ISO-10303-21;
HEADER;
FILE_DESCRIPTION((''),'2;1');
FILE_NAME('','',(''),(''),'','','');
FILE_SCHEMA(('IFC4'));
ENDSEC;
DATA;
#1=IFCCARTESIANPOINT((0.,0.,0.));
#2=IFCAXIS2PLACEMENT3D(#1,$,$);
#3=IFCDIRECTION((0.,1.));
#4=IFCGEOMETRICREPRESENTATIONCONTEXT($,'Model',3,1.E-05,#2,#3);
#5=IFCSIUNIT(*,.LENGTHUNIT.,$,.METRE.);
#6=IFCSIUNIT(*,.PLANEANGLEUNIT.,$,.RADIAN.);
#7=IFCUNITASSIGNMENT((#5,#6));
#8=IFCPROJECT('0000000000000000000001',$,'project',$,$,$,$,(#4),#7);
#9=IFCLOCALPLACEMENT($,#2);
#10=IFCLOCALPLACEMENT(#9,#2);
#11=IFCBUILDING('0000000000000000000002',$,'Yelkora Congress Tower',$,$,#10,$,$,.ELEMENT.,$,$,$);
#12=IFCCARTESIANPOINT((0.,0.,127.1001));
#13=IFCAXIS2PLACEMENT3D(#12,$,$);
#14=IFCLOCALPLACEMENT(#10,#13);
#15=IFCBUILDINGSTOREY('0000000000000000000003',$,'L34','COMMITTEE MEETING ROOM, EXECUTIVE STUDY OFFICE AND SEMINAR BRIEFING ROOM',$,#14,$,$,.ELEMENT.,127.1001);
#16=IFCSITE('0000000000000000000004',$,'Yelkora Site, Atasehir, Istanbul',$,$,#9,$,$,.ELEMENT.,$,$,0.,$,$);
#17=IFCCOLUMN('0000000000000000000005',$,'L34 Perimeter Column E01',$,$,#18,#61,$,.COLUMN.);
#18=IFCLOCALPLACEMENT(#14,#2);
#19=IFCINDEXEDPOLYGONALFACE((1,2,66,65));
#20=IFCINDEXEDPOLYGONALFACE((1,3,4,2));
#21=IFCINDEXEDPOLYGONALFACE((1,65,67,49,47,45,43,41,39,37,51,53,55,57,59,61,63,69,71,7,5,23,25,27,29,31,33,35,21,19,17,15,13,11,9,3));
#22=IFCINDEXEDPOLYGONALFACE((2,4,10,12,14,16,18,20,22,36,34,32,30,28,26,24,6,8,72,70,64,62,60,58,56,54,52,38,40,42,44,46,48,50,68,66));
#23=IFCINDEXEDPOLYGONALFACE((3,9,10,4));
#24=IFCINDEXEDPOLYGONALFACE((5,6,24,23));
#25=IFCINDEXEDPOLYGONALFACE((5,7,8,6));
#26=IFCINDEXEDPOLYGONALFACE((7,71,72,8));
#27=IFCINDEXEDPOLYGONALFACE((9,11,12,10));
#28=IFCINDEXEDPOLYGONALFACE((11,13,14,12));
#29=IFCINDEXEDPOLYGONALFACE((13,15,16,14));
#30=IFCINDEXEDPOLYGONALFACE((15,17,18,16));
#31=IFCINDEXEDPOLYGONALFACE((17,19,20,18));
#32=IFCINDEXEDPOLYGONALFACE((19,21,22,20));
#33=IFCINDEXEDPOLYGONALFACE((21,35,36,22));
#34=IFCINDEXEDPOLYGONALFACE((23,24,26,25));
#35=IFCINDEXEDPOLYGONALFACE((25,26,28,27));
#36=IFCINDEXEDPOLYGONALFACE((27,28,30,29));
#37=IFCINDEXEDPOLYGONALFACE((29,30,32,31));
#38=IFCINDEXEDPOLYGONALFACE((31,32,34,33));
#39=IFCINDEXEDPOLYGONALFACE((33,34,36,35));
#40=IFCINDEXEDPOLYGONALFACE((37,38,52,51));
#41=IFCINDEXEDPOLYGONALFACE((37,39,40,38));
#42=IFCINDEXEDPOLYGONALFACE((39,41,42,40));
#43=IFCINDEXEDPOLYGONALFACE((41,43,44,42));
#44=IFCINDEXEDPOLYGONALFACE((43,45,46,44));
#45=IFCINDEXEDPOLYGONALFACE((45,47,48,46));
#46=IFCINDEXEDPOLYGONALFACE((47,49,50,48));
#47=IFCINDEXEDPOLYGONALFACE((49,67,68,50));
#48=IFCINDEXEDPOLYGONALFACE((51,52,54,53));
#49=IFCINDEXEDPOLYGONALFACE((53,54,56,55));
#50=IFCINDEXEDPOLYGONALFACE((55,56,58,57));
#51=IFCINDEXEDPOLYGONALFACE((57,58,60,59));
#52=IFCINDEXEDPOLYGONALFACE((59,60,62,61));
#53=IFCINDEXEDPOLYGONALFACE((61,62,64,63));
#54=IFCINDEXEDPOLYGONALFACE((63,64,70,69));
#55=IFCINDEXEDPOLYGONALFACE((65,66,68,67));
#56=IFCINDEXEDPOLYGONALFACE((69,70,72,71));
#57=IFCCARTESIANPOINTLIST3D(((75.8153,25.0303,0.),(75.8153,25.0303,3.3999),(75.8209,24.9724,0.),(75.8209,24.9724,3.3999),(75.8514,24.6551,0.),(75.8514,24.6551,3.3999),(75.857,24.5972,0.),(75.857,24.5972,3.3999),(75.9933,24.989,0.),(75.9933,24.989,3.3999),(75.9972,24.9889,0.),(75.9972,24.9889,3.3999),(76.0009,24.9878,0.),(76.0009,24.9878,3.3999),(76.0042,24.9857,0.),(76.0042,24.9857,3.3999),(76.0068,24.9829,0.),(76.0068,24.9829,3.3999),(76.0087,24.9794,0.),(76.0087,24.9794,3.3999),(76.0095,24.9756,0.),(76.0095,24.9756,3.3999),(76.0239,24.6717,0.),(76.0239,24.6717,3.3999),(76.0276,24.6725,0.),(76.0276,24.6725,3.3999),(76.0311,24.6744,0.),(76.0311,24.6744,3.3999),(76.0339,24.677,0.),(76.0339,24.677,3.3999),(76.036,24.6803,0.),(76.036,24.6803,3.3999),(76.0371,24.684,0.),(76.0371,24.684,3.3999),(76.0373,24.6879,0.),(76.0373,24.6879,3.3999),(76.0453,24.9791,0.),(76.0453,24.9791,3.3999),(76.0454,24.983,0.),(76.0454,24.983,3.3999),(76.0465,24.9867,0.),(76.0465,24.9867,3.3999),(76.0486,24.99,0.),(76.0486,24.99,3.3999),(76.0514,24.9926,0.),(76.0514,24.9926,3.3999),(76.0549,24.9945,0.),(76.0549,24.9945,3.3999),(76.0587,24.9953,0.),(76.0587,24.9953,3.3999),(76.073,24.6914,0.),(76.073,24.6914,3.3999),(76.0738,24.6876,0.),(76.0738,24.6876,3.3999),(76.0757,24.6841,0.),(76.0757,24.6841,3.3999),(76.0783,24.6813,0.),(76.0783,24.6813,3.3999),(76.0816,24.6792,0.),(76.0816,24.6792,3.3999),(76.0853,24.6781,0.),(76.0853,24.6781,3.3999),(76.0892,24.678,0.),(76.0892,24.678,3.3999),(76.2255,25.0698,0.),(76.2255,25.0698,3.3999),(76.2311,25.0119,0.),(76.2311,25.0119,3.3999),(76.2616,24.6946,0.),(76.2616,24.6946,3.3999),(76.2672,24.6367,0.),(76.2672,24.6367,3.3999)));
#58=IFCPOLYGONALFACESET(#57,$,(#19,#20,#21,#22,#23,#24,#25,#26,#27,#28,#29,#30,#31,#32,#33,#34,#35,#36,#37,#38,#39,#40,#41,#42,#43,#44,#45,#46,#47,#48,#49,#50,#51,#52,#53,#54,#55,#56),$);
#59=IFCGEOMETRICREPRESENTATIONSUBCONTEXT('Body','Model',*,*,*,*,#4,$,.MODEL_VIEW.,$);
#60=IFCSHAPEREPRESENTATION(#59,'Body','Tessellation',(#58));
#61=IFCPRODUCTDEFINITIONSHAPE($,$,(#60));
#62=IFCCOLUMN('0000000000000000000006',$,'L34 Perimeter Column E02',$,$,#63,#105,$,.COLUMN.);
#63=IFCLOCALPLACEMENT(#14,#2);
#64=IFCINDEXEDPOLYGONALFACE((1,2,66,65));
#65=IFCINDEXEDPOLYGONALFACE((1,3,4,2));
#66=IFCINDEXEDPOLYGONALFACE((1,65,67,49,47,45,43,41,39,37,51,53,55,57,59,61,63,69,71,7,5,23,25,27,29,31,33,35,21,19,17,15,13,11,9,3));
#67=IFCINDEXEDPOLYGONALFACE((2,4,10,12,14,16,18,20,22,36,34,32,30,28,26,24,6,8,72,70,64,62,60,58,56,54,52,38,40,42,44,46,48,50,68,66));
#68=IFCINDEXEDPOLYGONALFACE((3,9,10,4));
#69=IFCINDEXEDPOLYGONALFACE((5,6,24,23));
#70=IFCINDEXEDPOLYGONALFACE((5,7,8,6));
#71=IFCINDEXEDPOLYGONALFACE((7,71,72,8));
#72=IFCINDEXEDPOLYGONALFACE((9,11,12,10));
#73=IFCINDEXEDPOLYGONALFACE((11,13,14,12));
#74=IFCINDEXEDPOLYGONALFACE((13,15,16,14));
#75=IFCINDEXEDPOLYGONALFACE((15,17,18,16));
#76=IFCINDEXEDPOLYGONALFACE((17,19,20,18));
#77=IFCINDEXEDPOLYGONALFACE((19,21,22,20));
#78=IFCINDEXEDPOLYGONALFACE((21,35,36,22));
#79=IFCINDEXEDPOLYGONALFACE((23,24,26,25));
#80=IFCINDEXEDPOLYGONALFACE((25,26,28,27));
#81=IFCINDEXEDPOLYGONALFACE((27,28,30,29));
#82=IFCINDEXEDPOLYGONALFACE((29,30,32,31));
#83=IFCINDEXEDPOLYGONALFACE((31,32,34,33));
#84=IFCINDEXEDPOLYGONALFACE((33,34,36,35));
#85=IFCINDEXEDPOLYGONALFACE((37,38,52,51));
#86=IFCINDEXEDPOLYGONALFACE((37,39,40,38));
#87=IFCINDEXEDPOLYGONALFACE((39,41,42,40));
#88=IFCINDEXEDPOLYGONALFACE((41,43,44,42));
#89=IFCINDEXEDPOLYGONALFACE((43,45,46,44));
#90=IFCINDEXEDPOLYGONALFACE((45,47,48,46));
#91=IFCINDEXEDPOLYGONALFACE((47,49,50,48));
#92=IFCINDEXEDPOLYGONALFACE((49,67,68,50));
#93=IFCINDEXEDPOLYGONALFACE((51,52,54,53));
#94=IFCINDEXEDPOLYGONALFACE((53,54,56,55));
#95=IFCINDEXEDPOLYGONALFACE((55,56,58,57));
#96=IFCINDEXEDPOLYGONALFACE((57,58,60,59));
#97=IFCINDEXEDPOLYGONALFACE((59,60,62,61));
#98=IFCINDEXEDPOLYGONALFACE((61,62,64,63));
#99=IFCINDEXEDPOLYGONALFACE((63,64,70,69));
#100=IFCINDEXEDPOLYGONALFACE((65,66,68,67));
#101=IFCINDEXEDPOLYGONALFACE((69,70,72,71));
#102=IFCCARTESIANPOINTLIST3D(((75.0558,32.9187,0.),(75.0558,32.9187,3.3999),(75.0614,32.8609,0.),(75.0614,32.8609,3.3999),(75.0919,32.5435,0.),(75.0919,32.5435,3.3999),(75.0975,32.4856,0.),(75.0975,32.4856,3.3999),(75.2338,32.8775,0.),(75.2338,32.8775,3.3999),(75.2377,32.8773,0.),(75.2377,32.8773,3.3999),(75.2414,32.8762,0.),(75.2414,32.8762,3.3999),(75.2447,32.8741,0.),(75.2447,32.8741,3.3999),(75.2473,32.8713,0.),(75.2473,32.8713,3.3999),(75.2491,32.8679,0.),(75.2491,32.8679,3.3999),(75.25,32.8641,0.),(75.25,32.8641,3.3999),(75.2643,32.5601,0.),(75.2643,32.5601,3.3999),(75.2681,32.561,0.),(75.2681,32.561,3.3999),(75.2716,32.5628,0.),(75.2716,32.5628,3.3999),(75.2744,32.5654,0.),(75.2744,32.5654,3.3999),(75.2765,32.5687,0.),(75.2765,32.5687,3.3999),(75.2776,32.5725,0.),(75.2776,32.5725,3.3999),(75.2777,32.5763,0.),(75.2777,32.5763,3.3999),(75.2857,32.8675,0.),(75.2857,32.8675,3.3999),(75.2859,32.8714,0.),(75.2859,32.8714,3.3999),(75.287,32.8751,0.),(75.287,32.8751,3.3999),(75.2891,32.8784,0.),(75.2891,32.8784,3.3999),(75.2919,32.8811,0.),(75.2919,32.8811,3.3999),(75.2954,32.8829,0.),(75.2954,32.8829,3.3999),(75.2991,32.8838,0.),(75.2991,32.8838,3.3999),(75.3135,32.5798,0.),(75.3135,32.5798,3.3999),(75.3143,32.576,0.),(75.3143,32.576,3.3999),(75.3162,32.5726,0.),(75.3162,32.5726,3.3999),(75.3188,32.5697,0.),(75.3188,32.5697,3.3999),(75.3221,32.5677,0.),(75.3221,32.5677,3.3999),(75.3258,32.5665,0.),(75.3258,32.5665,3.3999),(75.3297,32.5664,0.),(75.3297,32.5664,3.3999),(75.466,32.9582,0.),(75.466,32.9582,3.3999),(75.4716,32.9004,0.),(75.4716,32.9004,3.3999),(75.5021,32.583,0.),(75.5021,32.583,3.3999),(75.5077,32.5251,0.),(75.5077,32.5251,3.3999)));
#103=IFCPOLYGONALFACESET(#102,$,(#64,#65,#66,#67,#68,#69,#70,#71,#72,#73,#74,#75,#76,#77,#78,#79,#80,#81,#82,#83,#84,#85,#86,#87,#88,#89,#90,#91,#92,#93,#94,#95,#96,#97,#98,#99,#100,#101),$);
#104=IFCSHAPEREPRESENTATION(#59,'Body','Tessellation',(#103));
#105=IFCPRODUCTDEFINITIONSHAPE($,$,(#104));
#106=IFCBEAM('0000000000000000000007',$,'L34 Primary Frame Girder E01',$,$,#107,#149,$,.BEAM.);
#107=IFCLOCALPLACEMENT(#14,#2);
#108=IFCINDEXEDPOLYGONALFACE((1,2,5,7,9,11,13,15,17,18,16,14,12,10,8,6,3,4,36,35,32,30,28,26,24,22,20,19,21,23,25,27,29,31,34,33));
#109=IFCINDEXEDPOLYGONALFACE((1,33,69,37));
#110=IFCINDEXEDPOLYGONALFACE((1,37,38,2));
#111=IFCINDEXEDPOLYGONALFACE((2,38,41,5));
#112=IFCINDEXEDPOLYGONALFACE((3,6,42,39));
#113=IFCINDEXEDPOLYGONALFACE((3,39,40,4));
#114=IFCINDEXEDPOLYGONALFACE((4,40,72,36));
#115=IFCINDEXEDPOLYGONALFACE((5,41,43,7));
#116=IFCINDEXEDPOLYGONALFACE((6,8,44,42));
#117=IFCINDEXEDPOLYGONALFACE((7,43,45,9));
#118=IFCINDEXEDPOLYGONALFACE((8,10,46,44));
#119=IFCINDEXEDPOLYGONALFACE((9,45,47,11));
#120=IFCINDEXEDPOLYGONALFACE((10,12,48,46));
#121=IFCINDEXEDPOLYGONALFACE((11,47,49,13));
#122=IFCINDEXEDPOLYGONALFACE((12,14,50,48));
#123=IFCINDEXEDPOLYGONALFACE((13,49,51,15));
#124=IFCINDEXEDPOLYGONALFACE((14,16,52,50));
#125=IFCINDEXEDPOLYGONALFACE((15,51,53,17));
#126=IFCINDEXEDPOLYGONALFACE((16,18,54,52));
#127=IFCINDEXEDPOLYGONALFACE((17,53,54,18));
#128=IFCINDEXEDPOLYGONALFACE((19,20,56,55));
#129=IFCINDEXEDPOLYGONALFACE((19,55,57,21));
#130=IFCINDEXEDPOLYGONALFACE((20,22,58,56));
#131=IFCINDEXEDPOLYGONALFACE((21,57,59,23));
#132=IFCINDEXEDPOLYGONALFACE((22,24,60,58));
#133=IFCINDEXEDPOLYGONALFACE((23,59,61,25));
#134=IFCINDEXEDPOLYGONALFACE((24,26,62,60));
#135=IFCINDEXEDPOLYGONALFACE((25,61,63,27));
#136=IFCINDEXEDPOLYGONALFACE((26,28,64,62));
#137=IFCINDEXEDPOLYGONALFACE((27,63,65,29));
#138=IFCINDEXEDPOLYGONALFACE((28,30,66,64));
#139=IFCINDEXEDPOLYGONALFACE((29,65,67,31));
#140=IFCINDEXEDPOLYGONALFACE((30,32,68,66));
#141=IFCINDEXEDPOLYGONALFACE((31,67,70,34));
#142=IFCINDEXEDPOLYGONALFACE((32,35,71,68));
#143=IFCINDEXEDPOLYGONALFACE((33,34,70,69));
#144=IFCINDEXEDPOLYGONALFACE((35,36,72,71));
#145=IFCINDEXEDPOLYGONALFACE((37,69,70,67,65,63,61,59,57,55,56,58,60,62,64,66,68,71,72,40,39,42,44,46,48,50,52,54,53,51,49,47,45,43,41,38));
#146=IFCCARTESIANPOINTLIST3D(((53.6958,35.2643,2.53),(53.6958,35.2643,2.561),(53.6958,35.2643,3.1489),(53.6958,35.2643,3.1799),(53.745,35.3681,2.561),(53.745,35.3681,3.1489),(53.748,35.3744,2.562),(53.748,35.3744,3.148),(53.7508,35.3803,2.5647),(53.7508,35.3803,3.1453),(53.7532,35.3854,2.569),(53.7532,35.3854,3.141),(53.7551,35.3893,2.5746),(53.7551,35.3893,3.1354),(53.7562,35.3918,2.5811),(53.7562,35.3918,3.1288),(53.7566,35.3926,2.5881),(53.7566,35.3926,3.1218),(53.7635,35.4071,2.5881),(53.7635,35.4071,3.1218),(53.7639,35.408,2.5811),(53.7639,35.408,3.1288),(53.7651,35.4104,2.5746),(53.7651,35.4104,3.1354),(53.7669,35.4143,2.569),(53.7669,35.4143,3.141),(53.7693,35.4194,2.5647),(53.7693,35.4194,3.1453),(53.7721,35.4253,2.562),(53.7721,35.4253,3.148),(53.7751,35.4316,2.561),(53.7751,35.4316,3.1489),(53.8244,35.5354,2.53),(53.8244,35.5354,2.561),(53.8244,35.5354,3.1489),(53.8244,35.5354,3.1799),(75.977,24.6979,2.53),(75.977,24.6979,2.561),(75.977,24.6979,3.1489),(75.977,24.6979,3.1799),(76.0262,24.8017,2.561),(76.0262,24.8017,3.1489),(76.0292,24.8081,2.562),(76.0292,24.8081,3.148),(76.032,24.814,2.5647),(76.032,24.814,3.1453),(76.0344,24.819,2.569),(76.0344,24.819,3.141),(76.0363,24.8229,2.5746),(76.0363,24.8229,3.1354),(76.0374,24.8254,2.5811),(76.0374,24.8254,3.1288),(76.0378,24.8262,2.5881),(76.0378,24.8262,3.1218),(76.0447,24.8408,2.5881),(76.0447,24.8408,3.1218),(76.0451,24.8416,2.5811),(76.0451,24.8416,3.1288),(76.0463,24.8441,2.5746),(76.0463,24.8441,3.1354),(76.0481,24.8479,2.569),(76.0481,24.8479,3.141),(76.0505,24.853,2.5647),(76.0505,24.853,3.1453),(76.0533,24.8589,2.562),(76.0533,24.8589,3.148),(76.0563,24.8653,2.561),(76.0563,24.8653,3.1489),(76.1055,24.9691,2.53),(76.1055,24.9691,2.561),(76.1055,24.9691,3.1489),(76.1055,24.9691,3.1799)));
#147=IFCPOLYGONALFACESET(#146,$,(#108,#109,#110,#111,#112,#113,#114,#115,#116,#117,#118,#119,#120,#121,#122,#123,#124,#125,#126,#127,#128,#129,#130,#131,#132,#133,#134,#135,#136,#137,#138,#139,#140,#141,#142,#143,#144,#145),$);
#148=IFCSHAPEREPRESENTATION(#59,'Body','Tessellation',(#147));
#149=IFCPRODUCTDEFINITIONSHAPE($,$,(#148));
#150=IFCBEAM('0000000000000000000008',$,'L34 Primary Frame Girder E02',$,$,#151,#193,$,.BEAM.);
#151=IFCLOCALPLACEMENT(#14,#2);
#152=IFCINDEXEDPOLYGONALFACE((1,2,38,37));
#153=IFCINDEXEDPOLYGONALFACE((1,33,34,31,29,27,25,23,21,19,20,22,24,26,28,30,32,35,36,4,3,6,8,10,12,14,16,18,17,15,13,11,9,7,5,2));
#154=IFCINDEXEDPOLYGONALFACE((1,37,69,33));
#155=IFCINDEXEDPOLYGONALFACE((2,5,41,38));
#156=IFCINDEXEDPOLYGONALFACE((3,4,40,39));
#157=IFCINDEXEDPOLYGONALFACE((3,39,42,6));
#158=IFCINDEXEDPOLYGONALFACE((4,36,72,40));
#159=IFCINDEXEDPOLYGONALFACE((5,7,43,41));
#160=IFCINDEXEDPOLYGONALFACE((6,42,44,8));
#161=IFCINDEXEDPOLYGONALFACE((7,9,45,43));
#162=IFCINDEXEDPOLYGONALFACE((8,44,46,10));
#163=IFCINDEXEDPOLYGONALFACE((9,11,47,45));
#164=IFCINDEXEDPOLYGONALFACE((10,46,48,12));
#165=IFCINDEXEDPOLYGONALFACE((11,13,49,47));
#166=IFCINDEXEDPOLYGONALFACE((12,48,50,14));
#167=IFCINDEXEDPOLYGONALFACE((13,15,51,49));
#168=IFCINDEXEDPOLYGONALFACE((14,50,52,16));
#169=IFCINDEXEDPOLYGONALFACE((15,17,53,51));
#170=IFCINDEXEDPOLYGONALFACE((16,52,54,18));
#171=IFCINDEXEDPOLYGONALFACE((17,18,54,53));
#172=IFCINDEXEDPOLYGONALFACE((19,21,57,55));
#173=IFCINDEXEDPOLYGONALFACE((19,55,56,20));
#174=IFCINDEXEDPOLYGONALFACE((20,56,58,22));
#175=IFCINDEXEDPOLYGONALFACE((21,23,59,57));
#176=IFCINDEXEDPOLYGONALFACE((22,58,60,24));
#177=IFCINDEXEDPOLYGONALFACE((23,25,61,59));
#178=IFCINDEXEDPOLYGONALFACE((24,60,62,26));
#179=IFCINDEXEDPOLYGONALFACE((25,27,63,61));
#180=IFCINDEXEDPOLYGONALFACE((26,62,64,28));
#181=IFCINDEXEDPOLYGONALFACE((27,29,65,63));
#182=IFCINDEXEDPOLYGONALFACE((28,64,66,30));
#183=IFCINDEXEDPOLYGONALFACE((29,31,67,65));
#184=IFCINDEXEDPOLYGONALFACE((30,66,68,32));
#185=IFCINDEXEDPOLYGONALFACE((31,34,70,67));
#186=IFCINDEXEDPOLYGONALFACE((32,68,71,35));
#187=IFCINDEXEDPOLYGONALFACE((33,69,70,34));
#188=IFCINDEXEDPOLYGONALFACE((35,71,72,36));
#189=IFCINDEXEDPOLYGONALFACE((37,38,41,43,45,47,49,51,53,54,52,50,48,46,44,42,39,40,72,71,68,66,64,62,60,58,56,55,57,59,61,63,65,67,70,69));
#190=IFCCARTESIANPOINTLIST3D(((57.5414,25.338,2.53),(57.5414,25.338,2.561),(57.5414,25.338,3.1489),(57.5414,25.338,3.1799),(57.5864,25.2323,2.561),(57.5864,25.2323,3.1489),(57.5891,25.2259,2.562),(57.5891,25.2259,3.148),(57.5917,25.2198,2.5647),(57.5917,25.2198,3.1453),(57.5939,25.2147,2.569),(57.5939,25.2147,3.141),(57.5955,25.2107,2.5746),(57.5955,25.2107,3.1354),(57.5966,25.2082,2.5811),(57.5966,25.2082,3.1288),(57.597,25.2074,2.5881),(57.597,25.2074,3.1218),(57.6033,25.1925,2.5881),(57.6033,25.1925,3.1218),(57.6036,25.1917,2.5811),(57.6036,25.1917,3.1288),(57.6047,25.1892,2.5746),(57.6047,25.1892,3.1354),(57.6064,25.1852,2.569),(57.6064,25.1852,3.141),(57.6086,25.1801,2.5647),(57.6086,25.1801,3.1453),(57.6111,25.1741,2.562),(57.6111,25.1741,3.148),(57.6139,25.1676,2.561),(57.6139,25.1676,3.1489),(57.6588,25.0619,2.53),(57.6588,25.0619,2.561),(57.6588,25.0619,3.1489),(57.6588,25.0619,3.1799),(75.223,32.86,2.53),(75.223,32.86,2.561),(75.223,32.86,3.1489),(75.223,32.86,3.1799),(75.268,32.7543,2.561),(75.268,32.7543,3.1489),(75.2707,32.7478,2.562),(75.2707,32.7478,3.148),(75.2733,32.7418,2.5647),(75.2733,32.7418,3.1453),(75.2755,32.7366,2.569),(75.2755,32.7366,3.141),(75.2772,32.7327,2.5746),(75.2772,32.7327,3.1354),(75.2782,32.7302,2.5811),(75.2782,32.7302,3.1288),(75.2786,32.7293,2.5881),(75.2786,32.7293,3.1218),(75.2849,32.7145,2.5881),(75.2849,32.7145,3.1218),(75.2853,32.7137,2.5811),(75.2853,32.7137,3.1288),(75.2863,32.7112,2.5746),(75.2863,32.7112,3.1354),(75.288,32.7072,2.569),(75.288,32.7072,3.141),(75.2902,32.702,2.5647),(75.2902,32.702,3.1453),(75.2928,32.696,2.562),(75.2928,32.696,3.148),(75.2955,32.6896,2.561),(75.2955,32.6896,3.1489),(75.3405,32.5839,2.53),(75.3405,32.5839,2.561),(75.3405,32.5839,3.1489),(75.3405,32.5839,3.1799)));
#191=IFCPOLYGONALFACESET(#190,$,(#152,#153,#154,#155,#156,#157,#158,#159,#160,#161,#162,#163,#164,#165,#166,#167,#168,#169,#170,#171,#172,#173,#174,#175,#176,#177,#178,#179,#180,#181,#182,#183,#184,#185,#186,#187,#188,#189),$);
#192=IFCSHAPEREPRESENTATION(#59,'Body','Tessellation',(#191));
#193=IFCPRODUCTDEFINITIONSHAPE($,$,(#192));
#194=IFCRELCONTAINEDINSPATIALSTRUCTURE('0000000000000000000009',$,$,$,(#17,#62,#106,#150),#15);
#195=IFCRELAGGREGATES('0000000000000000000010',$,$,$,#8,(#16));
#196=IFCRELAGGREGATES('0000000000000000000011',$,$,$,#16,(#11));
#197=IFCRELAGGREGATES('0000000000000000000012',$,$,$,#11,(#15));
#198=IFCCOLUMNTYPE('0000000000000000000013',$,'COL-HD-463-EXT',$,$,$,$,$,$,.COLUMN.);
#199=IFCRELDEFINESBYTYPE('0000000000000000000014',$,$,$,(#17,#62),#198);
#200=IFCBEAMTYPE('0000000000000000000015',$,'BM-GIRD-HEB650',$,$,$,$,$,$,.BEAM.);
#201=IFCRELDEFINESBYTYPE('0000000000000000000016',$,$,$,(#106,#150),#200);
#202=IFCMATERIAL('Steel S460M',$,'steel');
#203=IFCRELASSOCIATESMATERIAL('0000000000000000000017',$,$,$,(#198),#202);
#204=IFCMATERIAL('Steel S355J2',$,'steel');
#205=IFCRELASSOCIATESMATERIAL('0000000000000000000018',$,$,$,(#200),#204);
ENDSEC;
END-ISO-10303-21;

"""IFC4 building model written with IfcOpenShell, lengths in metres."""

from ifc_helpers import new_model, si_unit, direction, frame, origin, origin_2d, place, context, subcontext, project, spatial, i_section, extrude, material, material_profile, profile_set, type_object, element, save


model = new_model("IFC4")

# Units and contexts
model_context = context("Model", 3, precision=1e-05, world=origin(), true_north=direction((0.0, 1.0)))
body_context = subcontext(model_context, "Body", "Model", "MODEL_VIEW")
ifc_project = project(units=[si_unit("LENGTHUNIT", "METRE"), si_unit("PLANEANGLEUNIT", "RADIAN")], contexts=[model_context])

# Site, building, storey
site_placement = place(None, origin())
site = spatial("IfcSite", under=ifc_project, at=site_placement, Name="Yelkora Site, Atasehir, Istanbul", CompositionType="ELEMENT", RefElevation=0.0)
building_placement = place(site_placement, origin())
building = spatial("IfcBuilding", under=site, at=building_placement, Name="Yelkora Congress Tower", CompositionType="ELEMENT")
storey_placement = place(building_placement, frame((0.0, 0.0, 127.1001)))
storey = spatial("IfcBuildingStorey", under=building, at=storey_placement, Name="L34", Description="COMMITTEE MEETING ROOM, EXECUTIVE STUDY OFFICE AND SEMINAR BRIEFING ROOM", CompositionType="ELEMENT", Elevation=127.1001)

# Columns
ifc_material_1 = material(Name="Steel S460M", Category="steel")
ifc_material_profile_1 = material_profile(ifc_material_1, i_section(OverallWidth=0.4121, OverallDepth=0.4351, WebThickness=0.0359, FlangeThickness=0.0581, FilletRadius=0.0149, at=origin_2d()), Name="HD 400x463")
ifc_profile_set_1 = profile_set([ifc_material_profile_1], Name="Steel S460M")
column_type = type_object("IfcColumnType", Name="COL-HD-463-EXT", PredefinedType="COLUMN", material=ifc_profile_set_1)
for number, where, z_axis, x_axis, name in (
    (1, (76.0413, 24.8335, 0.0), (0.0, 0.0, 1.0), (0.995396, 0.095846, 0.0), "L34 Perimeter Column E01"),
    (2, (75.2817, 32.7219, 0.0), (0.0, 0.0, 1.0), (0.995396, 0.095846, 0.0), "L34 Perimeter Column E02"),
):
    element("IfcColumn", number, at=place(storey_placement, frame(where, z_axis=z_axis, x_axis=x_axis)), inside=storey, type_object=column_type, Name=name, PredefinedType="COLUMN", context=body_context, shape_type="SweptSolid", body=[
        extrude(i_section(OverallWidth=0.4121, OverallDepth=0.4351, WebThickness=0.0359, FlangeThickness=0.0581, FilletRadius=0.0149, at=origin_2d()), origin(), (0.0, 0.0, 1.0), 3.3999),
    ])

# Beams
ifc_material_2 = material(Name="Steel S355J2", Category="steel")
ifc_material_profile_2 = material_profile(ifc_material_2, i_section(OverallWidth=0.3, OverallDepth=0.6499, WebThickness=0.0161, FlangeThickness=0.031, FilletRadius=0.0271, at=origin_2d()), Name="HEB 650")
ifc_profile_set_2 = profile_set([ifc_material_profile_2], Name="Steel S355J2")
beam_type_1 = type_object("IfcBeamType", Name="BM-GIRD-HEB650", PredefinedType="BEAM", material=ifc_profile_set_2)
beam_1_placement = place(storey_placement, frame((76.0413, 24.8335, 2.855), z_axis=(-0.903547, 0.428488, 0.0), x_axis=(-0.428488, -0.903547, 0.0)))
element("IfcBeam", 3, at=beam_1_placement, inside=storey, type_object=beam_type_1, Name="L34 Primary Frame Girder E01", PredefinedType="BEAM", context=body_context, shape_type="SweptSolid", body=[
    extrude(i_section(OverallWidth=0.3, OverallDepth=0.6499, WebThickness=0.0161, FlangeThickness=0.031, FilletRadius=0.0271, at=origin_2d()), origin(), (0.0, 0.0, 1.0), 24.6597),
])
beam_2_placement = place(storey_placement, frame((75.2817, 32.7219, 2.855), z_axis=(-0.920195, -0.391461, 0.0), x_axis=(0.391461, -0.920195, 0.0)))
element("IfcBeam", 4, at=beam_2_placement, inside=storey, type_object=beam_type_1, Name="L34 Primary Frame Girder E02", PredefinedType="BEAM", context=body_context, shape_type="SweptSolid", body=[
    extrude(i_section(OverallWidth=0.3, OverallDepth=0.6499, WebThickness=0.0161, FlangeThickness=0.031, FilletRadius=0.0271, at=origin_2d()), origin(), (0.0, 0.0, 1.0), 19.2151),
])

save(model, "model.ifc")
